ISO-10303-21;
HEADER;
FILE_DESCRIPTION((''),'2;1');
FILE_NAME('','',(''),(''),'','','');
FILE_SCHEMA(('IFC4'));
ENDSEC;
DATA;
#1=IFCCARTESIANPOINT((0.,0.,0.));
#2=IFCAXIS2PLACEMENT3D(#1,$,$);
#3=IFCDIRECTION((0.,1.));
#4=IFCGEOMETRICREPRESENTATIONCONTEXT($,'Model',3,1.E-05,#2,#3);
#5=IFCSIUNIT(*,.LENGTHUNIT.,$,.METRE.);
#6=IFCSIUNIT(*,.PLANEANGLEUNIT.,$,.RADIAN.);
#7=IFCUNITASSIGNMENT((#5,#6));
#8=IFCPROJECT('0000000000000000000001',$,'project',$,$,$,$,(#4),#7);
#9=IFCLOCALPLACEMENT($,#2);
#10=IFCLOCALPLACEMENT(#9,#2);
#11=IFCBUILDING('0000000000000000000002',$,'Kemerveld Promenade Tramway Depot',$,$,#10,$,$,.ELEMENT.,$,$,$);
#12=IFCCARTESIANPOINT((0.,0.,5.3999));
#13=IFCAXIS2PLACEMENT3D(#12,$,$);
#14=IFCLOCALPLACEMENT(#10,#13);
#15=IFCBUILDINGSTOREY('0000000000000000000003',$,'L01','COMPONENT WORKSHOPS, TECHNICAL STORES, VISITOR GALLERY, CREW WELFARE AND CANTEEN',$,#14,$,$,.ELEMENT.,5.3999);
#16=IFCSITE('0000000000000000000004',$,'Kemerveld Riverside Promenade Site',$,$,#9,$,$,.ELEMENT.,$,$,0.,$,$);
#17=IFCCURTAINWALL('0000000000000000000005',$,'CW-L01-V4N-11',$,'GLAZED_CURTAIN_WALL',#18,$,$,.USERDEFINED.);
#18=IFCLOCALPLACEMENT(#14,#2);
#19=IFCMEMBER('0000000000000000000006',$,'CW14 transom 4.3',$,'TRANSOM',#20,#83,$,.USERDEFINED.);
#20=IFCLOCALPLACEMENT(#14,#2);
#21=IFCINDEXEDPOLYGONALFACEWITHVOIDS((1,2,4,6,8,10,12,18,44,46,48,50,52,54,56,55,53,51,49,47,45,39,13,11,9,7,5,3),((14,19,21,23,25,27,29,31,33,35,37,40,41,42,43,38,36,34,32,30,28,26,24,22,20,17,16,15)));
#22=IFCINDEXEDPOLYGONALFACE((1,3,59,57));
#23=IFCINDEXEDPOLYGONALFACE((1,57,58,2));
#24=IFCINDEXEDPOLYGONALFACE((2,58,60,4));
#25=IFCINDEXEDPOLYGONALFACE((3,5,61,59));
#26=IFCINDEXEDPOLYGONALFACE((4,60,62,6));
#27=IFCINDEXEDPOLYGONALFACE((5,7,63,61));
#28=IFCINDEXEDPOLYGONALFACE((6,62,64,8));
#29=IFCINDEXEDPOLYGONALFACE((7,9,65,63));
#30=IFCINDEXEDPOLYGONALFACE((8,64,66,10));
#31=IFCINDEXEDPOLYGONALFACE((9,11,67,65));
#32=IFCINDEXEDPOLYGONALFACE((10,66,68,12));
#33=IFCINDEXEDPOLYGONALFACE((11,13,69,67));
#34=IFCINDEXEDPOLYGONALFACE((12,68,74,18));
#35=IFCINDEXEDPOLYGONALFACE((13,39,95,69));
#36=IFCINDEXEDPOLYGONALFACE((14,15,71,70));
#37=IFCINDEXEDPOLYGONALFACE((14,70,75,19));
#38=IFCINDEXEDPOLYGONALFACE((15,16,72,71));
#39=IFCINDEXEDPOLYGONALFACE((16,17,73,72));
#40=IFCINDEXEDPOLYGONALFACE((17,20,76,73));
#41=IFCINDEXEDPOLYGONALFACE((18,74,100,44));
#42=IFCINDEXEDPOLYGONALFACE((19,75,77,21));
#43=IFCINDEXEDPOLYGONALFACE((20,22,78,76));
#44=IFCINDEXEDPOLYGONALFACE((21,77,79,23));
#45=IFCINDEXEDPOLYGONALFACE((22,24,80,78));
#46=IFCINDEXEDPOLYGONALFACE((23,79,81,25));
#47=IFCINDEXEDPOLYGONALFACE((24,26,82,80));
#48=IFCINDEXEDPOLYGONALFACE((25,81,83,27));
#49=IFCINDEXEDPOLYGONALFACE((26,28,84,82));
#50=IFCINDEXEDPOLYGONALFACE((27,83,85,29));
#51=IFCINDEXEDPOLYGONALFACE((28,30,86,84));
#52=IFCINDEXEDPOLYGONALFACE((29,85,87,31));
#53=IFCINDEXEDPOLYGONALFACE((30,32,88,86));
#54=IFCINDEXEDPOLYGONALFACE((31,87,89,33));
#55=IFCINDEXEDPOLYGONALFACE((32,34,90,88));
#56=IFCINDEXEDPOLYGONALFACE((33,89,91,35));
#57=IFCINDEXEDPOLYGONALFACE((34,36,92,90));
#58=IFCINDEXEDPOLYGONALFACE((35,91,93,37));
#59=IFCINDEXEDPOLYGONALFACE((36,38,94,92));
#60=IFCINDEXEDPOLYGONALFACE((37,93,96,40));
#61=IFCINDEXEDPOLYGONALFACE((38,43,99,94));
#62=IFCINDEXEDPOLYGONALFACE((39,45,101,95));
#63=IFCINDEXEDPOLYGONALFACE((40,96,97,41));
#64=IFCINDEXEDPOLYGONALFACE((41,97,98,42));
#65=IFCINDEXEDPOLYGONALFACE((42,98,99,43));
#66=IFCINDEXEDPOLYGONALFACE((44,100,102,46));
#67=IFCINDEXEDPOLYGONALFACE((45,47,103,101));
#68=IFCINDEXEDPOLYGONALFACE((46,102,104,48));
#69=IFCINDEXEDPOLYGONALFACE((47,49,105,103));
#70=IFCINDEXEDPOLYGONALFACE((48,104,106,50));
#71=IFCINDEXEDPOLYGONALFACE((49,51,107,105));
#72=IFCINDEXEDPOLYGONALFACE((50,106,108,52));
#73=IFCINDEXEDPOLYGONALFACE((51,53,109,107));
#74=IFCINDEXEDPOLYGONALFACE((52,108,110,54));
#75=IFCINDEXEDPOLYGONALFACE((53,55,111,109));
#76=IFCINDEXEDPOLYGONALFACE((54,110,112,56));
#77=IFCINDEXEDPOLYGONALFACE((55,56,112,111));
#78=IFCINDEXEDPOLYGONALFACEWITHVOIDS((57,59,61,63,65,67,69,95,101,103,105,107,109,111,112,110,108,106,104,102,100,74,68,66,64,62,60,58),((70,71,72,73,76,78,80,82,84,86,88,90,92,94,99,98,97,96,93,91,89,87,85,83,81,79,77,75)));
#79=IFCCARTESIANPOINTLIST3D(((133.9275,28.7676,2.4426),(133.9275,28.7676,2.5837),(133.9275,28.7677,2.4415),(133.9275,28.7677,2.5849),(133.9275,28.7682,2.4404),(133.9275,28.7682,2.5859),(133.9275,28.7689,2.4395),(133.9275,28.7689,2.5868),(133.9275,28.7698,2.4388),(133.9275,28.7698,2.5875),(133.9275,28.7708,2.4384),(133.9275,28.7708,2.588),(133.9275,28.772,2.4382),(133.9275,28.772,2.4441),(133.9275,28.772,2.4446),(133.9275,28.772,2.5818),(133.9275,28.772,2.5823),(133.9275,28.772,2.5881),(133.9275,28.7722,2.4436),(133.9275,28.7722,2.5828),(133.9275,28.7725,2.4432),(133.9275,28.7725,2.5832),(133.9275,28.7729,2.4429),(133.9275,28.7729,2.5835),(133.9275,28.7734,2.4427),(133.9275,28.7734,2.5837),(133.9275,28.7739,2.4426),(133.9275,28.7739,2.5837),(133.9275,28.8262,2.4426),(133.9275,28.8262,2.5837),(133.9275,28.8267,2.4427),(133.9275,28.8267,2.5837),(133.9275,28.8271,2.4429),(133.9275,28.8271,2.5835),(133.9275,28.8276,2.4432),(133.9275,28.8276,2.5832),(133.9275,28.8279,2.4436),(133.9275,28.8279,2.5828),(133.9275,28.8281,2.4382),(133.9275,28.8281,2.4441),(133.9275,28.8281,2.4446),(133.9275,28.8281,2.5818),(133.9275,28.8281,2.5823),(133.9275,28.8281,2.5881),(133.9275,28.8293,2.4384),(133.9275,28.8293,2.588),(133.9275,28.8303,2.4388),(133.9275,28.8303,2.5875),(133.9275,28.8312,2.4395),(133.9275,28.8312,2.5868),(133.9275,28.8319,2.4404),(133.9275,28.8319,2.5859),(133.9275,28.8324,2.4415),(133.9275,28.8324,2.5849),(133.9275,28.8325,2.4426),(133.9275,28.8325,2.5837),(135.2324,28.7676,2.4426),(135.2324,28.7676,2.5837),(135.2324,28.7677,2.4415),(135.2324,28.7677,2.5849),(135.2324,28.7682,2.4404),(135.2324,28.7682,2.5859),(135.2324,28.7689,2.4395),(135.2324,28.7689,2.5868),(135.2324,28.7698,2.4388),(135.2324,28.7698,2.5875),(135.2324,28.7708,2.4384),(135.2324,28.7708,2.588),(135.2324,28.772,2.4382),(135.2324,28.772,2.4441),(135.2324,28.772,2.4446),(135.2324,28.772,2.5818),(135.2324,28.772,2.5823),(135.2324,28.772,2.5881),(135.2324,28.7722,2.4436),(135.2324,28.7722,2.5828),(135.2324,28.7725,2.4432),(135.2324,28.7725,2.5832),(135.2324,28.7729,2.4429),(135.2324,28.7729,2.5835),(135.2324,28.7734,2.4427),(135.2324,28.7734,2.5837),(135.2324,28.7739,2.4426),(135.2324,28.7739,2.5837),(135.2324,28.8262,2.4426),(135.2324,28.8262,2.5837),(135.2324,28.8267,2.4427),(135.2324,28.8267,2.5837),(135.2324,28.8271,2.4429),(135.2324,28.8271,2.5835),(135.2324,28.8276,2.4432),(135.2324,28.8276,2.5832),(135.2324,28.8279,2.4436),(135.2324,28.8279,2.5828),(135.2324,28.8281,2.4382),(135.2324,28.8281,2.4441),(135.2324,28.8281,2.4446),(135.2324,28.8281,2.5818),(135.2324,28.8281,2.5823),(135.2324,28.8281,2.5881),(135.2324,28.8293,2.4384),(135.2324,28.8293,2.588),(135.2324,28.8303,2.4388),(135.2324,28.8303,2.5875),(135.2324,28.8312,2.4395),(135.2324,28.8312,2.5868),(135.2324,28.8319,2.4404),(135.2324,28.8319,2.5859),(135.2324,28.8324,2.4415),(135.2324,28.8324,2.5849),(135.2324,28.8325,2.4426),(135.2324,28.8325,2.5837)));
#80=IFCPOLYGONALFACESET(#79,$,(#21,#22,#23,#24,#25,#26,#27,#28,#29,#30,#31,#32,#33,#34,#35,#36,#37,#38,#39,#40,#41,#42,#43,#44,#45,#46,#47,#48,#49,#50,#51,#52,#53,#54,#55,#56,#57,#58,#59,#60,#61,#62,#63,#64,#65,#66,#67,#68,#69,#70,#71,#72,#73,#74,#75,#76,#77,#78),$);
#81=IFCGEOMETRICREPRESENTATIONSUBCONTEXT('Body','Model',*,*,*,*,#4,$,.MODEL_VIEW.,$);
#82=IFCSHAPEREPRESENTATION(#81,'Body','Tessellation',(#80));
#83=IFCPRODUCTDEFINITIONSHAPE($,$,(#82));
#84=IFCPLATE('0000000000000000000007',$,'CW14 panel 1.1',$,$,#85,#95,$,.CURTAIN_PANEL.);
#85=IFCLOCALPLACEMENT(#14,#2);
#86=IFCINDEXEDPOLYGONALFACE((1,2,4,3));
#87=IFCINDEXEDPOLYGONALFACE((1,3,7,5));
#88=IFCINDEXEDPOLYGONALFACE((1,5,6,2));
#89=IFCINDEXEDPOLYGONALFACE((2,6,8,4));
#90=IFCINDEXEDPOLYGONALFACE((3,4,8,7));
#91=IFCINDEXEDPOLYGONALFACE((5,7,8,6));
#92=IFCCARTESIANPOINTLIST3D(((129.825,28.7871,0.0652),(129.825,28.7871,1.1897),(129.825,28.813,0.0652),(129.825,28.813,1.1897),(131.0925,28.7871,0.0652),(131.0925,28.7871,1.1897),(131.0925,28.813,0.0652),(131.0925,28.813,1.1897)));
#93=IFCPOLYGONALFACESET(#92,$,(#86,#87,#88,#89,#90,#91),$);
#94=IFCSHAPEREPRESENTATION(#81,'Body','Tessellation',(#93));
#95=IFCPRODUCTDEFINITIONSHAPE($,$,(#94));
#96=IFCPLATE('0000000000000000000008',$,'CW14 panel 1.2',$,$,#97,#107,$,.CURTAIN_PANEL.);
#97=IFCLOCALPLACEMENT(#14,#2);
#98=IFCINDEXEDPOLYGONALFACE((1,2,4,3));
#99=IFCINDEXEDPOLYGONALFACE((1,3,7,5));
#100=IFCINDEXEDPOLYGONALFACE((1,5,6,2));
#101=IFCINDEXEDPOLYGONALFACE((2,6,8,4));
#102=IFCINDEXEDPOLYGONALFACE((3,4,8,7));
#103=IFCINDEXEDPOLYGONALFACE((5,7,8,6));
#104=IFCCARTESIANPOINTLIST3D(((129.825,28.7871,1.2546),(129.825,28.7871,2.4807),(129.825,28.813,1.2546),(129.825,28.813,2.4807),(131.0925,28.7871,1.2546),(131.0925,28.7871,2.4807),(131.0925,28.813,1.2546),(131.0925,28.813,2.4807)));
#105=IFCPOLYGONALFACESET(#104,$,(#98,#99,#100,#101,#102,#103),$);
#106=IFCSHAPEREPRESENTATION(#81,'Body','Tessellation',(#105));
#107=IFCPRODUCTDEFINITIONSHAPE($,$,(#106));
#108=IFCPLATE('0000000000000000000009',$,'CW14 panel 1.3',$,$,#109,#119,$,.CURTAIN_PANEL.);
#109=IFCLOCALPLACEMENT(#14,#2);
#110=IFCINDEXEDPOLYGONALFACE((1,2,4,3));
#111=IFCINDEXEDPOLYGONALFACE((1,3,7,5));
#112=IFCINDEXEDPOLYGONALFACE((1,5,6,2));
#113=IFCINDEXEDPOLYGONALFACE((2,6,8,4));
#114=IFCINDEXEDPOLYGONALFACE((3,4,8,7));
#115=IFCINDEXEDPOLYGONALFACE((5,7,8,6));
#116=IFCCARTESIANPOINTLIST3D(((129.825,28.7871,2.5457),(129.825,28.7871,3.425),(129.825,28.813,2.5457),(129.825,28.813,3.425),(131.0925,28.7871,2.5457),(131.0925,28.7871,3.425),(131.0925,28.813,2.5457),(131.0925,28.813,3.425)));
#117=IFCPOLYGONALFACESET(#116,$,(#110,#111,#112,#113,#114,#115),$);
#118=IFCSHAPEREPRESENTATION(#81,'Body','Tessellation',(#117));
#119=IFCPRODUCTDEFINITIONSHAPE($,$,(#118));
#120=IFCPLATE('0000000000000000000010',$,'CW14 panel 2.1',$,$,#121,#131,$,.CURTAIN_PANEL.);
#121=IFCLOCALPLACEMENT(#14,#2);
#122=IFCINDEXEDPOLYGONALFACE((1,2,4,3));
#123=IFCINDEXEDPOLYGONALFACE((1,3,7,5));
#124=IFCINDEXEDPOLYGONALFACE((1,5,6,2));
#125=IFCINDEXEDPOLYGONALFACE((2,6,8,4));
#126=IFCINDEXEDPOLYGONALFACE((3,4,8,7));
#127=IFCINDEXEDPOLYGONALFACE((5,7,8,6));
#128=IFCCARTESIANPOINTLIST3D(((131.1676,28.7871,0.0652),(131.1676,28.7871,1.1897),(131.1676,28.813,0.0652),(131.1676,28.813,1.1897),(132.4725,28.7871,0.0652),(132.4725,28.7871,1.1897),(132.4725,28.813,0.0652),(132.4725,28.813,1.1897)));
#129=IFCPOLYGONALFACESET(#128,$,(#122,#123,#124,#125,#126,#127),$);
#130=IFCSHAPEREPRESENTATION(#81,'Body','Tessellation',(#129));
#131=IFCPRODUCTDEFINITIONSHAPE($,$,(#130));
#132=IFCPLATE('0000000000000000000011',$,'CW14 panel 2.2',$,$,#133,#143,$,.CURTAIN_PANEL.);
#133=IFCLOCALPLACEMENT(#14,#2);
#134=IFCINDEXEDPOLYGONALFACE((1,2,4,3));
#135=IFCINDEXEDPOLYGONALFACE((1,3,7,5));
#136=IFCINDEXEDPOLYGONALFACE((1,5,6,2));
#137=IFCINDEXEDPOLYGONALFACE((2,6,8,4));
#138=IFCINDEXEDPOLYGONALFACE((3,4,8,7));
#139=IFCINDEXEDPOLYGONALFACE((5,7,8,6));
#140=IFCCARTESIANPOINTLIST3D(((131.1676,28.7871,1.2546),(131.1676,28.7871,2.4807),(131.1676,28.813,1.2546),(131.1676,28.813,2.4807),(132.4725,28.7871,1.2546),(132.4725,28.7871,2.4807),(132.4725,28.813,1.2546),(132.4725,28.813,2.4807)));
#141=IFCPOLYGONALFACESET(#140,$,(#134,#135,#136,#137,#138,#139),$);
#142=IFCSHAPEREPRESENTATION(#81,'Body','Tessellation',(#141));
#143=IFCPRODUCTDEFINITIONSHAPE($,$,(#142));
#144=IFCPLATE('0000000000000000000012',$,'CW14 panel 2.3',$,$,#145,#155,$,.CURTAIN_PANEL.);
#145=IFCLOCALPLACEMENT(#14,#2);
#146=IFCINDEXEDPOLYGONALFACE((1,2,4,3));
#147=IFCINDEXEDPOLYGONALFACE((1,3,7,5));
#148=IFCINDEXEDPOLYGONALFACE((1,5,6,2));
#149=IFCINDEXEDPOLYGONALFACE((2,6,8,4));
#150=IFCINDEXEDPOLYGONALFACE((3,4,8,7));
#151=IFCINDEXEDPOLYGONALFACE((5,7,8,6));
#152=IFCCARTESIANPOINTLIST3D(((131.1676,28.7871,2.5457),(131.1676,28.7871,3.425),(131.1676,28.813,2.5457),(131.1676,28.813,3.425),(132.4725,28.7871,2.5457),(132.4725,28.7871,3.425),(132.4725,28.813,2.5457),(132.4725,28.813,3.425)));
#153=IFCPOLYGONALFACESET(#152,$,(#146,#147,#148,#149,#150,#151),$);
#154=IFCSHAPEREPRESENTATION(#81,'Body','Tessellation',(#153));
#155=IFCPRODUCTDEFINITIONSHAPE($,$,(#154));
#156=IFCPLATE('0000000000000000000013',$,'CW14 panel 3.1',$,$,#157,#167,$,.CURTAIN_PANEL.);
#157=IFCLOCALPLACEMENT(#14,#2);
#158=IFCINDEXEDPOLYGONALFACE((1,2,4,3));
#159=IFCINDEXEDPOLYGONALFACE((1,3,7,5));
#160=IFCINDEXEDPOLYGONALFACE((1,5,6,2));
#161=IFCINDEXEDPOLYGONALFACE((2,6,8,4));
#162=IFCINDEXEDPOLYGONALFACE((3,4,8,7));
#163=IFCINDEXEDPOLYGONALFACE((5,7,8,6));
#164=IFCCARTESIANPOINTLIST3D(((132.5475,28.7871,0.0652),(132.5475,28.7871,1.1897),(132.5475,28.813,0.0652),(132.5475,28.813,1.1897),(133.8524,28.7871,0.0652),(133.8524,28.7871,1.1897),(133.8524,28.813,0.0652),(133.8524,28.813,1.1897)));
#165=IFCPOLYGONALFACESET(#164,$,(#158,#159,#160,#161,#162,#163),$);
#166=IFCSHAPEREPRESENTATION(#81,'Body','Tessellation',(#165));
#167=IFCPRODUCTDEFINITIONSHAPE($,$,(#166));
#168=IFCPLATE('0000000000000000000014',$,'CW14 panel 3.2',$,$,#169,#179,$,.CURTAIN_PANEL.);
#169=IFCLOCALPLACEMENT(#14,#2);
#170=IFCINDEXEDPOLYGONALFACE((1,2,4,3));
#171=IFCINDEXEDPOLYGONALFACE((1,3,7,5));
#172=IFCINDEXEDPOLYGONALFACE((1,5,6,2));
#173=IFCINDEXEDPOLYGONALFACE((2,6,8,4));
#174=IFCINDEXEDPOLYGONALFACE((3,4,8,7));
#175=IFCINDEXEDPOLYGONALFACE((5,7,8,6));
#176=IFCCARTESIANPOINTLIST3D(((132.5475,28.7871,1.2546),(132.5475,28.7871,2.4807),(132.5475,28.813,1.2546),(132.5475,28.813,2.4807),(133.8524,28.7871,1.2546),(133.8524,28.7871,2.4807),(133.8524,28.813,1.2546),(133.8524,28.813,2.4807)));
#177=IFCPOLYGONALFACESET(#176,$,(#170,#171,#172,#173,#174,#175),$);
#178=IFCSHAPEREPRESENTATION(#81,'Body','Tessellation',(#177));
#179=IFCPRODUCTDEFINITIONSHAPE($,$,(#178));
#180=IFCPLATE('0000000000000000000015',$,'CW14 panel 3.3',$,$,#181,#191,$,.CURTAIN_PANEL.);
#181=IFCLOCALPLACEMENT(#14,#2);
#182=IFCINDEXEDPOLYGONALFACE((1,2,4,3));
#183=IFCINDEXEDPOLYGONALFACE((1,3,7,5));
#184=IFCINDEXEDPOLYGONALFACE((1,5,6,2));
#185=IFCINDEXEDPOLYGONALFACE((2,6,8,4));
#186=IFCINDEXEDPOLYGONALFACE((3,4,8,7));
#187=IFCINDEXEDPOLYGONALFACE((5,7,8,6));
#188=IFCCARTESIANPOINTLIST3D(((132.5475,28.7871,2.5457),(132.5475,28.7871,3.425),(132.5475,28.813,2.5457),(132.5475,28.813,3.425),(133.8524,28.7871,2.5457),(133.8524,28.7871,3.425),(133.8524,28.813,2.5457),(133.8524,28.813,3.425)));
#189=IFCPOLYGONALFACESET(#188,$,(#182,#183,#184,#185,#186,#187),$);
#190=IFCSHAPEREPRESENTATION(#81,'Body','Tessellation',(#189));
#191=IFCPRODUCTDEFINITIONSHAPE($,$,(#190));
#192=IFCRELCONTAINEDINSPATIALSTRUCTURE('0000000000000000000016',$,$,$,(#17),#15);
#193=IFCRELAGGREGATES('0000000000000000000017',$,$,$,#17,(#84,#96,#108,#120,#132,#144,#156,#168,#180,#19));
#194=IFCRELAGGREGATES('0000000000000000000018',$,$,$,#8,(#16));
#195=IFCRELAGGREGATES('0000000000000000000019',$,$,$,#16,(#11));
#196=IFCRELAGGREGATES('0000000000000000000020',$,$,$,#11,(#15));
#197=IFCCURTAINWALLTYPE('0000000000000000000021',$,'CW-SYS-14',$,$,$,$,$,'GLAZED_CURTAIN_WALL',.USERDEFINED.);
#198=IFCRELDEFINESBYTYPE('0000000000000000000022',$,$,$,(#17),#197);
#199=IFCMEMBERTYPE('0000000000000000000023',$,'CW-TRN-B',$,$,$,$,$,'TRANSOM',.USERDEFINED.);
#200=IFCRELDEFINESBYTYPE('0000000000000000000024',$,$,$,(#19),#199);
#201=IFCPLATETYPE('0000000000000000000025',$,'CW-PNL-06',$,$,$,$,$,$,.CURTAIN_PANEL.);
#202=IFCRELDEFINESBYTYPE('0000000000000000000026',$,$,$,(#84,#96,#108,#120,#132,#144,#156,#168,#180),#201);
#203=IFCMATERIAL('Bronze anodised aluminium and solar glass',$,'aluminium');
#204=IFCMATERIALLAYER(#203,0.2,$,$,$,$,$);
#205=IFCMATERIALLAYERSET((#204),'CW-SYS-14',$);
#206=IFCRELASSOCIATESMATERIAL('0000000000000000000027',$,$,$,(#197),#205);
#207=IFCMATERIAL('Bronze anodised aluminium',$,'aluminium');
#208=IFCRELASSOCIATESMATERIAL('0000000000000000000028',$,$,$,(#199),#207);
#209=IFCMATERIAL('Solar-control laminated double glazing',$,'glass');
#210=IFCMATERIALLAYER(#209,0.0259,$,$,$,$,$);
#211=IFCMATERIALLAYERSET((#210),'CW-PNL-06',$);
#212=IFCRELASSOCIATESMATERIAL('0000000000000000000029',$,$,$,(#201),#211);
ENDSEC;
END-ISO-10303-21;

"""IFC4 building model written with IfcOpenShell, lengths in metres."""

from ifc_helpers import new_model, si_unit, direction, frame, origin, origin_2d, place, context, subcontext, project, spatial, rectangle, hollow_rectangle, extrude, material, layer, layer_set, material_profile, profile_set, type_object, element, aggregate, save


model = new_model("IFC4")

# Units and contexts
model_context = context("Model", 3, precision=1e-05, world=origin(), true_north=direction((0.0, 1.0)))
body_context = subcontext(model_context, "Body", "Model", "MODEL_VIEW")
ifc_project = project(units=[si_unit("LENGTHUNIT", "METRE"), si_unit("PLANEANGLEUNIT", "RADIAN")], contexts=[model_context])

# Site, building, storey
site_placement = place(None, origin())
site = spatial("IfcSite", under=ifc_project, at=site_placement, Name="Kemerveld Riverside Promenade Site", CompositionType="ELEMENT", RefElevation=0.0)
building_placement = place(site_placement, origin())
building = spatial("IfcBuilding", under=site, at=building_placement, Name="Kemerveld Promenade Tramway Depot", CompositionType="ELEMENT")
storey_placement = place(building_placement, frame((0.0, 0.0, 5.3999)))
storey = spatial("IfcBuildingStorey", under=building, at=storey_placement, Name="L01", Description="COMPONENT WORKSHOPS, TECHNICAL STORES, VISITOR GALLERY, CREW WELFARE AND CANTEEN", CompositionType="ELEMENT", Elevation=5.3999)

# Curtain wall, member, plates
ifc_material_1 = material(Name="Bronze anodised aluminium and solar glass", Category="aluminium")
ifc_layer_1 = layer(ifc_material_1, 0.2)
ifc_layer_set_1 = layer_set([ifc_layer_1], Name="CW-SYS-14")
curtain_wall_type = type_object("IfcCurtainWallType", Name="CW-SYS-14", ElementType="GLAZED_CURTAIN_WALL", PredefinedType="USERDEFINED", material=ifc_layer_set_1)
curtain_wall_placement = place(storey_placement, origin())
curtain_wall = element("IfcCurtainWall", 1, at=curtain_wall_placement, inside=storey, type_object=curtain_wall_type, Name="CW-L01-V4N-11", ObjectType="GLAZED_CURTAIN_WALL", PredefinedType="USERDEFINED")
ifc_material_2 = material(Name="Bronze anodised aluminium", Category="aluminium")
ifc_material_profile_1 = material_profile(ifc_material_2, hollow_rectangle(XDim=0.0649, YDim=0.1499, WallThickness=0.0044, InnerFilletRadius=0.002, OuterFilletRadius=0.0044, at=origin_2d()), Name="CW-TRN-150x65")
ifc_profile_set_1 = profile_set([ifc_material_profile_1], Name="Bronze anodised aluminium")
member_type_1 = type_object("IfcMemberType", Name="CW-TRN-B", ElementType="TRANSOM", PredefinedType="USERDEFINED", material=ifc_profile_set_1)
member_1_placement = place(storey_placement, frame((133.9275, 28.8, 2.5132), z_axis=(1.0, 0.0, 0.0), x_axis=(0.0, 1.0, 0.0)))
member_1 = element("IfcMember", 2, at=member_1_placement, type_object=member_type_1, Name="CW14 transom 4.3", ObjectType="TRANSOM", PredefinedType="USERDEFINED", context=body_context, shape_type="SweptSolid", body=[
    extrude(hollow_rectangle(XDim=0.0649, YDim=0.1499, WallThickness=0.0044, InnerFilletRadius=0.002, OuterFilletRadius=0.0044, at=origin_2d()), origin(), (0.0, 0.0, 1.0), 1.3049),
])
ifc_material_3 = material(Name="Solar-control laminated double glazing", Category="glass")
ifc_layer_2 = layer(ifc_material_3, 0.0259)
ifc_layer_set_2 = layer_set([ifc_layer_2], Name="CW-PNL-06")
plate_type = type_object("IfcPlateType", Name="CW-PNL-06", PredefinedType="CURTAIN_PANEL", material=ifc_layer_set_2)
plate_1_placement = place(storey_placement, frame((130.4587, 28.8, 0.0652), z_axis=(0.0, 0.0, 1.0), x_axis=(1.0, 0.0, 0.0)))
plate_1 = element("IfcPlate", 3, at=plate_1_placement, type_object=plate_type, Name="CW14 panel 1.1", PredefinedType="CURTAIN_PANEL", context=body_context, shape_type="SweptSolid", body=[
    extrude(rectangle(XDim=1.2676, YDim=0.0259, at=origin_2d()), origin(), (0.0, 0.0, 1.0), 1.1245),
])
plate_2_placement = place(storey_placement, frame((130.4587, 28.8, 1.2546), z_axis=(0.0, 0.0, 1.0), x_axis=(1.0, 0.0, 0.0)))
plate_2 = element("IfcPlate", 4, at=plate_2_placement, type_object=plate_type, Name="CW14 panel 1.2", PredefinedType="CURTAIN_PANEL", context=body_context, shape_type="SweptSolid", body=[
    extrude(rectangle(XDim=1.2676, YDim=0.0259, at=origin_2d()), origin(), (0.0, 0.0, 1.0), 1.2261),
])
plate_3_placement = place(storey_placement, frame((130.4587, 28.8, 2.5457), z_axis=(0.0, 0.0, 1.0), x_axis=(1.0, 0.0, 0.0)))
plate_3 = element("IfcPlate", 5, at=plate_3_placement, type_object=plate_type, Name="CW14 panel 1.3", PredefinedType="CURTAIN_PANEL", context=body_context, shape_type="SweptSolid", body=[
    extrude(rectangle(XDim=1.2676, YDim=0.0259, at=origin_2d()), origin(), (0.0, 0.0, 1.0), 0.8794),
])
plate_4_placement = place(storey_placement, frame((131.8201, 28.8, 0.0652), z_axis=(0.0, 0.0, 1.0), x_axis=(1.0, 0.0, 0.0)))
plate_4 = element("IfcPlate", 6, at=plate_4_placement, type_object=plate_type, Name="CW14 panel 2.1", PredefinedType="CURTAIN_PANEL", context=body_context, shape_type="SweptSolid", body=[
    extrude(rectangle(XDim=1.3049, YDim=0.0259, at=origin_2d()), origin(), (0.0, 0.0, 1.0), 1.1245),
])
plate_5_placement = place(storey_placement, frame((131.8201, 28.8, 1.2546), z_axis=(0.0, 0.0, 1.0), x_axis=(1.0, 0.0, 0.0)))
plate_5 = element("IfcPlate", 7, at=plate_5_placement, type_object=plate_type, Name="CW14 panel 2.2", PredefinedType="CURTAIN_PANEL", context=body_context, shape_type="SweptSolid", body=[
    extrude(rectangle(XDim=1.3049, YDim=0.0259, at=origin_2d()), origin(), (0.0, 0.0, 1.0), 1.2261),
])
plate_6_placement = place(storey_placement, frame((131.8201, 28.8, 2.5457), z_axis=(0.0, 0.0, 1.0), x_axis=(1.0, 0.0, 0.0)))
plate_6 = element("IfcPlate", 8, at=plate_6_placement, type_object=plate_type, Name="CW14 panel 2.3", PredefinedType="CURTAIN_PANEL", context=body_context, shape_type="SweptSolid", body=[
    extrude(rectangle(XDim=1.3049, YDim=0.0259, at=origin_2d()), origin(), (0.0, 0.0, 1.0), 0.8794),
])
plate_7_placement = place(storey_placement, frame((133.2, 28.8, 0.0652), z_axis=(0.0, 0.0, 1.0), x_axis=(1.0, 0.0, 0.0)))
plate_7 = element("IfcPlate", 9, at=plate_7_placement, type_object=plate_type, Name="CW14 panel 3.1", PredefinedType="CURTAIN_PANEL", context=body_context, shape_type="SweptSolid", body=[
    extrude(rectangle(XDim=1.3049, YDim=0.0259, at=origin_2d()), origin(), (0.0, 0.0, 1.0), 1.1245),
])
plate_8_placement = place(storey_placement, frame((133.2, 28.8, 1.2546), z_axis=(0.0, 0.0, 1.0), x_axis=(1.0, 0.0, 0.0)))
plate_8 = element("IfcPlate", 10, at=plate_8_placement, type_object=plate_type, Name="CW14 panel 3.2", PredefinedType="CURTAIN_PANEL", context=body_context, shape_type="SweptSolid", body=[
    extrude(rectangle(XDim=1.3049, YDim=0.0259, at=origin_2d()), origin(), (0.0, 0.0, 1.0), 1.2261),
])
plate_9_placement = place(storey_placement, frame((133.2, 28.8, 2.5457), z_axis=(0.0, 0.0, 1.0), x_axis=(1.0, 0.0, 0.0)))
plate_9 = element("IfcPlate", 11, at=plate_9_placement, type_object=plate_type, Name="CW14 panel 3.3", PredefinedType="CURTAIN_PANEL", context=body_context, shape_type="SweptSolid", body=[
    extrude(rectangle(XDim=1.3049, YDim=0.0259, at=origin_2d()), origin(), (0.0, 0.0, 1.0), 0.8794),
])
aggregate(curtain_wall, [plate_1, plate_2, plate_3, plate_4, plate_5, plate_6, plate_7, plate_8, plate_9, member_1])

save(model, "model.ifc")
